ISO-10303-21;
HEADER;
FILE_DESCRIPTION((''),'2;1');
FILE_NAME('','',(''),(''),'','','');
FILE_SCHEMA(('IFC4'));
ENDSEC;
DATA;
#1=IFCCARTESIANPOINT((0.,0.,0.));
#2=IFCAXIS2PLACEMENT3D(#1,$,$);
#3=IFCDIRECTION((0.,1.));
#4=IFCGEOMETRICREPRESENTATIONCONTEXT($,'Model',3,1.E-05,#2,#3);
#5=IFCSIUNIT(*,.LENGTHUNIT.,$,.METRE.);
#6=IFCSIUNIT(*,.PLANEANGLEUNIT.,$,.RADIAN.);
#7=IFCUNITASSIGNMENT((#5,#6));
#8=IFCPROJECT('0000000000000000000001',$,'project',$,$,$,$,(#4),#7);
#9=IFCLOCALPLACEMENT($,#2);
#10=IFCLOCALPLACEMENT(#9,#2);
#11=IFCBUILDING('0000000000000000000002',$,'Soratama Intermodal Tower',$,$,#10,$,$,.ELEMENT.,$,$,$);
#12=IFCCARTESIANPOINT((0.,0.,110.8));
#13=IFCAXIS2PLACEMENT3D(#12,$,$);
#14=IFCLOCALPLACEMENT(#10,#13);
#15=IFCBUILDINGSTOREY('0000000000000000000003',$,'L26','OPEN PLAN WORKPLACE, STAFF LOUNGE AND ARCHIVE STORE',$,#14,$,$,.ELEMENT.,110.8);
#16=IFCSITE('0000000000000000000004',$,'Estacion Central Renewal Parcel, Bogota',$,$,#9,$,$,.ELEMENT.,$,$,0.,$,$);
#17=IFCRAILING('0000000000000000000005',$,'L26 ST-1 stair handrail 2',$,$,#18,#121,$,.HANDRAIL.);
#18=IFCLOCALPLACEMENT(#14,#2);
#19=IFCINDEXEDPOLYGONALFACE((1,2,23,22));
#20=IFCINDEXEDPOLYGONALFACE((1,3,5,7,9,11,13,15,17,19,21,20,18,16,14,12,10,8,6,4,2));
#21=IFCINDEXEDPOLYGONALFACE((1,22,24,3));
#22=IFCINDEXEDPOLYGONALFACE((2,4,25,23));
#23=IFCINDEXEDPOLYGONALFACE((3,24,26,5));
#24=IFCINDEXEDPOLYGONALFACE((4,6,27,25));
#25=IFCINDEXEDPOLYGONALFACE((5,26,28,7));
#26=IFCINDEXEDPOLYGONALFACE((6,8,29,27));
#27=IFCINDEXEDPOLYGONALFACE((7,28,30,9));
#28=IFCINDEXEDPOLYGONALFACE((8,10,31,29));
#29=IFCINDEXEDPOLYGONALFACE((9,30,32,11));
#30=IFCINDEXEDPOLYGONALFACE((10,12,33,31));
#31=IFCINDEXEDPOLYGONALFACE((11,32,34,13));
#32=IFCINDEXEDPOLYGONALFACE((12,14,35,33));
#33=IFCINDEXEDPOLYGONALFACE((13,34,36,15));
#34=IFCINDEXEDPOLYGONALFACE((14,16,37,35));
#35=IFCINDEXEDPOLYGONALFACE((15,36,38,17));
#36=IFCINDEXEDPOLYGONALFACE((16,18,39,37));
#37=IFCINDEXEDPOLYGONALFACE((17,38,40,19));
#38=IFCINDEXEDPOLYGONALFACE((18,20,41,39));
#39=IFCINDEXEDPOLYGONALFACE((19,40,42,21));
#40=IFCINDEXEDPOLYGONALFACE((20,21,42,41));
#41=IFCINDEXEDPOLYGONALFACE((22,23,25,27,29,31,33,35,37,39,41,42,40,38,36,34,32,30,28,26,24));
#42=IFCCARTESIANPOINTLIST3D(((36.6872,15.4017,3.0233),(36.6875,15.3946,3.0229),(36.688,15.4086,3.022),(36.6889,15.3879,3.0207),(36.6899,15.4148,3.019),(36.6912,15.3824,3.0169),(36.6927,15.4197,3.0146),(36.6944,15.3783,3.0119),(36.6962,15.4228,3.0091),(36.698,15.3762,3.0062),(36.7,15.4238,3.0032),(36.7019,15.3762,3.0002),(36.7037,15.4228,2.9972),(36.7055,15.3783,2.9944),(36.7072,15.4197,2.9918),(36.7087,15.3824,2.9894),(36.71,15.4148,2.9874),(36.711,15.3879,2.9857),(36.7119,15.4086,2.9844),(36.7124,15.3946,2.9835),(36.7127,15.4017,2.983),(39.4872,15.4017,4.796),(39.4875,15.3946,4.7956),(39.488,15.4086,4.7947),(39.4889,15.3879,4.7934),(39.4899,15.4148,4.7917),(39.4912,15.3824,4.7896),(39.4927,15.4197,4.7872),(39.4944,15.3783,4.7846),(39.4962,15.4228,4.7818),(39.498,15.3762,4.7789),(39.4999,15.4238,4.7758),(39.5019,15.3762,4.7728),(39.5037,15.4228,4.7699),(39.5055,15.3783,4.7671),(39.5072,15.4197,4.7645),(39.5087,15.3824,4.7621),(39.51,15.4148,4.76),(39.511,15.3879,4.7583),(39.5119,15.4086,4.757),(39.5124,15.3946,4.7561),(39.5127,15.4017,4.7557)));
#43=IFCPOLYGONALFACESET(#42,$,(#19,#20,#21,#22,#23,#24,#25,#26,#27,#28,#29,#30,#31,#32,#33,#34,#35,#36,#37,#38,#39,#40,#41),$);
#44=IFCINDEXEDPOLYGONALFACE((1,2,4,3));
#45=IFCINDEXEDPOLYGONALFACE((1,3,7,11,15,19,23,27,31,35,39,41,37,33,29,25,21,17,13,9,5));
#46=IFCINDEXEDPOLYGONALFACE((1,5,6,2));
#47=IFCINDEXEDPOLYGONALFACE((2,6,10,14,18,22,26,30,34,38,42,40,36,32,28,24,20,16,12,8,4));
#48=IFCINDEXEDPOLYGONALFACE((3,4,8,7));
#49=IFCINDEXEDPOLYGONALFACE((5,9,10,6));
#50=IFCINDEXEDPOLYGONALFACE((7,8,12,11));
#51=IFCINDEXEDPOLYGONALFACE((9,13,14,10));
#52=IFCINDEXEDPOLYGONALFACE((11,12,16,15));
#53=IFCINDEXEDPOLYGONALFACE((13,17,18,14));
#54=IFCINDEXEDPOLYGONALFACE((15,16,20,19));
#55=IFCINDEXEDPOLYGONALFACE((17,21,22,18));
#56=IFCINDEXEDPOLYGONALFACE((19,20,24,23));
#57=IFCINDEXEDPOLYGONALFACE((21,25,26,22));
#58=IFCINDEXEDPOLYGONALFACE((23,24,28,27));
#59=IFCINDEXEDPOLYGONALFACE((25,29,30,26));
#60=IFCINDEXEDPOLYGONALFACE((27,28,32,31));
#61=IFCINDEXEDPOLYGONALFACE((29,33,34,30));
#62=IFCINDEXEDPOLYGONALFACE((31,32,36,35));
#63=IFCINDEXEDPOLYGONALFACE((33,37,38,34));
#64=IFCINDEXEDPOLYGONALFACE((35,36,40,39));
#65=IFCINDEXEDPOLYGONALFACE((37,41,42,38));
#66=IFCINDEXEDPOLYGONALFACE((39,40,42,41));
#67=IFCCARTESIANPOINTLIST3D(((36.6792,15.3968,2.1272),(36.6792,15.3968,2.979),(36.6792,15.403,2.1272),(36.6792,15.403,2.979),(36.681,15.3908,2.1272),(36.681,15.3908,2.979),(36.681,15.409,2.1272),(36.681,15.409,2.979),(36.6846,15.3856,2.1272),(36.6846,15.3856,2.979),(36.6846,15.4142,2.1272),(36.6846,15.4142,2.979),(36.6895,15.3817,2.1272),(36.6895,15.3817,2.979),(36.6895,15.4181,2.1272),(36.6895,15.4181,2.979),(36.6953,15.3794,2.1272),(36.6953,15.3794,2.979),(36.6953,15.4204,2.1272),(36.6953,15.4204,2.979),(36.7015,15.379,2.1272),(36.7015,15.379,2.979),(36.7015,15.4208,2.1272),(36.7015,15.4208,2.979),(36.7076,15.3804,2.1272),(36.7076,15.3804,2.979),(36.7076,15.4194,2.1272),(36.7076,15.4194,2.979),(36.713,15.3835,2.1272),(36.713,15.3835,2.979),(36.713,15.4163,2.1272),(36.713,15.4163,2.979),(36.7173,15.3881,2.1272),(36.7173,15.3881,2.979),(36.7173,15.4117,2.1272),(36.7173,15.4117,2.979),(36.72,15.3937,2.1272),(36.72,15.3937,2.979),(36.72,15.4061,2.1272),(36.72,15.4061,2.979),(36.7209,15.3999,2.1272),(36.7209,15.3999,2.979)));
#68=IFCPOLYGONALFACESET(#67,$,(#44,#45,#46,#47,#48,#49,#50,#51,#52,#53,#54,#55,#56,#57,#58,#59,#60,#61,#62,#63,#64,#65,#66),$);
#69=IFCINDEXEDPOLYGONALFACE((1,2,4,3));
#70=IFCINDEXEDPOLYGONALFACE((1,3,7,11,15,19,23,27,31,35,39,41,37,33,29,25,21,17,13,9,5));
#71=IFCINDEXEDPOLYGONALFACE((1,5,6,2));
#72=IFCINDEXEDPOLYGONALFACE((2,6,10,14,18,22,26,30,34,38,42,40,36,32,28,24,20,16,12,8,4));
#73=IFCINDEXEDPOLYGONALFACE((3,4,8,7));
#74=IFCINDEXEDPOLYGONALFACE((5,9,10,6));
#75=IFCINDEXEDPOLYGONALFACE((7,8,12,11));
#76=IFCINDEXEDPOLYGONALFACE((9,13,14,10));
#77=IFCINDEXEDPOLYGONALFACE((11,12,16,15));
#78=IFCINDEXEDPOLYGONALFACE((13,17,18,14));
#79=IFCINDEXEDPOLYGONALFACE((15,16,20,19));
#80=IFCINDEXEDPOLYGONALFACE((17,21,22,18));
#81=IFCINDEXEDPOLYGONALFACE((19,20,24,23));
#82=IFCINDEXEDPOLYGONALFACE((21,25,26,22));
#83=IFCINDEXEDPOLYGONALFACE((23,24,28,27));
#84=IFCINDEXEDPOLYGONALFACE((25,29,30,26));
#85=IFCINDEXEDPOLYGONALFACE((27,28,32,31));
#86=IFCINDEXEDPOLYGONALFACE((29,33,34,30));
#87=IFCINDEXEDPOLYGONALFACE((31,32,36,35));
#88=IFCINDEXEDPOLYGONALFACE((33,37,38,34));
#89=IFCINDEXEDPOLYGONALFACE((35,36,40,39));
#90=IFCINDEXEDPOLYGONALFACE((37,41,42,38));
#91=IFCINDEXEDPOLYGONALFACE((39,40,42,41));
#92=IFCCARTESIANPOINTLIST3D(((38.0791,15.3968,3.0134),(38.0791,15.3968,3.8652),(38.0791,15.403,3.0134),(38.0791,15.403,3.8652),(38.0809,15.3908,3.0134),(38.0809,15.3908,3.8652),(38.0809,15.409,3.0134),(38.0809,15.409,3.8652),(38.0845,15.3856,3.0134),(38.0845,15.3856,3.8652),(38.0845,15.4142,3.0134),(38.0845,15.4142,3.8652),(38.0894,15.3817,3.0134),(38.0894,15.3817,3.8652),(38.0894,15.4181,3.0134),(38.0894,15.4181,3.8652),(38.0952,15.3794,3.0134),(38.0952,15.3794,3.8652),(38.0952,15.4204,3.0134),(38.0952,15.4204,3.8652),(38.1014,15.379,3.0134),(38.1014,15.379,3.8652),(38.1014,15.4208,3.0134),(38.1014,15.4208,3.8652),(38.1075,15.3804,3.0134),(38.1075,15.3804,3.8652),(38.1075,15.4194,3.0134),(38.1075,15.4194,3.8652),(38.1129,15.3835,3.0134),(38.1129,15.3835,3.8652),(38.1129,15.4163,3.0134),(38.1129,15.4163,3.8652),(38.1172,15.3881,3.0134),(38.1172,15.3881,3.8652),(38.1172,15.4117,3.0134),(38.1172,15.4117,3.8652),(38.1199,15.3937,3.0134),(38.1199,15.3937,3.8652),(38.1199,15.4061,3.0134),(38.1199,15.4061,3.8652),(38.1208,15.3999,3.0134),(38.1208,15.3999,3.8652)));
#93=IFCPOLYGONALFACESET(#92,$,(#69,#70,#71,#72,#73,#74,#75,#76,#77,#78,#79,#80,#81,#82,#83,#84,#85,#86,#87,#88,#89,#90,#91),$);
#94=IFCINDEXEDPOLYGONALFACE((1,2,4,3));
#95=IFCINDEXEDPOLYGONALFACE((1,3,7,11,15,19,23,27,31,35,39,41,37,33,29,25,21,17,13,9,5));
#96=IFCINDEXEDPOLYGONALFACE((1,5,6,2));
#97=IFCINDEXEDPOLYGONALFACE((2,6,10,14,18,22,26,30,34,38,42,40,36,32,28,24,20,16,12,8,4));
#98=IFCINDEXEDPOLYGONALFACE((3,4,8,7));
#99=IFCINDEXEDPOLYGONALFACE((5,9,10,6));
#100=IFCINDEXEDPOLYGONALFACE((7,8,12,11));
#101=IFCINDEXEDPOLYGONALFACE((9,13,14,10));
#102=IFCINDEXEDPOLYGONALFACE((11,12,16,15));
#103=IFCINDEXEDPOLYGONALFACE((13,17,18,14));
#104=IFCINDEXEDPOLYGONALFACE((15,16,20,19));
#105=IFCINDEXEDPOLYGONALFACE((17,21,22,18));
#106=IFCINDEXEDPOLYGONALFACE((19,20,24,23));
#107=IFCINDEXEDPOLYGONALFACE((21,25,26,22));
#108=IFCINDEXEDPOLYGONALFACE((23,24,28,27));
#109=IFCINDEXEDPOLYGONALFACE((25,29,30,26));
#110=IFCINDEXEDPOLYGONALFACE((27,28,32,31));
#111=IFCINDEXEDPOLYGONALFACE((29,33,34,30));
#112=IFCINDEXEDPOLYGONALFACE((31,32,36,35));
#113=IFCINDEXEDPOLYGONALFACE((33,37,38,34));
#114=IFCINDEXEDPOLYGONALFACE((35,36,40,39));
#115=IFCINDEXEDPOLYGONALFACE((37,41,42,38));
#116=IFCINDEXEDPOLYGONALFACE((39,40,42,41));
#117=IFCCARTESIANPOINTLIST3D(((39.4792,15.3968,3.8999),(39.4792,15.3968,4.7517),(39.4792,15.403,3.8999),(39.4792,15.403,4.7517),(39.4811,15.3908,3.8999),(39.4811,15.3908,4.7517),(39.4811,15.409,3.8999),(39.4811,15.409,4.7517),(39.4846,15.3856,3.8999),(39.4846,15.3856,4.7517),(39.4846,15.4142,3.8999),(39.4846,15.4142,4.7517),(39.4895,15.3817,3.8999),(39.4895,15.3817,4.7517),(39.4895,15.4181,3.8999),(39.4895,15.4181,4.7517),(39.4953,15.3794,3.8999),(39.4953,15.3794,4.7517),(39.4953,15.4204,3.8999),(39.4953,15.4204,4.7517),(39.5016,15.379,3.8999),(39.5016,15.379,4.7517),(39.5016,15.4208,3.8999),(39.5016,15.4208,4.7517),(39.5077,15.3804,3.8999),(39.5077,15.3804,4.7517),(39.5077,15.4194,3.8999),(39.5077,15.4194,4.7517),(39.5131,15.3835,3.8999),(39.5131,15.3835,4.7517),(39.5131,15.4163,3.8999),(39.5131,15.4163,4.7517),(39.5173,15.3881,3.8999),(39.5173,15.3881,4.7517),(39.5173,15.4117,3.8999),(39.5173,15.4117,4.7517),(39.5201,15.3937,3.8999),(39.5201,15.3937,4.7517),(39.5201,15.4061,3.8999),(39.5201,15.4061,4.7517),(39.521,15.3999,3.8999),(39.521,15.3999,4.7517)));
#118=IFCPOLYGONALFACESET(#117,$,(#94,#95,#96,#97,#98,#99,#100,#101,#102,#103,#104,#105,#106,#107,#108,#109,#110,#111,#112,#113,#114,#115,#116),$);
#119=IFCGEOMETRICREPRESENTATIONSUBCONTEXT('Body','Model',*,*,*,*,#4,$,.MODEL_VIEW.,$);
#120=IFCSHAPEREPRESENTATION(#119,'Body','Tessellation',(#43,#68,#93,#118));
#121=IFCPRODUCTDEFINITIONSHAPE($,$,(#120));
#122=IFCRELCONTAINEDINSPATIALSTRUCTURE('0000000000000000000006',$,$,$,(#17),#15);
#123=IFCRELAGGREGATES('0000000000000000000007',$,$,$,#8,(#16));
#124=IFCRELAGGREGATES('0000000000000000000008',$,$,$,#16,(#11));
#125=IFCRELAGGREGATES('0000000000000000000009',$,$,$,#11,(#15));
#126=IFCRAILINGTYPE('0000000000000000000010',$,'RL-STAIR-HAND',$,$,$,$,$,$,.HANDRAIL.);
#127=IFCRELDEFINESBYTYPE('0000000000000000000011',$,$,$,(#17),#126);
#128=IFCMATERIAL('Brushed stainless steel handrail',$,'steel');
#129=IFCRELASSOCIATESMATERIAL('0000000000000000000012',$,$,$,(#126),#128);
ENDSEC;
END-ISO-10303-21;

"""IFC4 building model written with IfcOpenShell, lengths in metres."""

from ifc_helpers import new_model, si_unit, direction, frame, origin, origin_2d, place, context, subcontext, project, spatial, circle, extrude, material, type_object, element, save


model = new_model("IFC4")

# Units and contexts
model_context = context("Model", 3, precision=1e-05, world=origin(), true_north=direction((0.0, 1.0)))
body_context = subcontext(model_context, "Body", "Model", "MODEL_VIEW")
ifc_project = project(units=[si_unit("LENGTHUNIT", "METRE"), si_unit("PLANEANGLEUNIT", "RADIAN")], contexts=[model_context])

# Site, building, storey
site_placement = place(None, origin())
site = spatial("IfcSite", under=ifc_project, at=site_placement, Name="Estacion Central Renewal Parcel, Bogota", CompositionType="ELEMENT", RefElevation=0.0)
building_placement = place(site_placement, origin())
building = spatial("IfcBuilding", under=site, at=building_placement, Name="Soratama Intermodal Tower", CompositionType="ELEMENT")
storey_placement = place(building_placement, frame((0.0, 0.0, 110.8)))
storey = spatial("IfcBuildingStorey", under=building, at=storey_placement, Name="L26", Description="OPEN PLAN WORKPLACE, STAFF LOUNGE AND ARCHIVE STORE", CompositionType="ELEMENT", Elevation=110.8)

# Railing
ifc_material_1 = material(Name="Brushed stainless steel handrail", Category="steel")
railing_type = type_object("IfcRailingType", Name="RL-STAIR-HAND", PredefinedType="HANDRAIL", material=ifc_material_1)
railing_placement = place(storey_placement, frame((36.7, 15.3999, 2.1272)))
element("IfcRailing", 1, at=railing_placement, inside=storey, type_object=railing_type, Name="L26 ST-1 stair handrail 2", PredefinedType="HANDRAIL", context=body_context, shape_type="SweptSolid", body=[
    extrude(circle(Radius=0.0239, at=origin_2d()), frame((0.0, 0.0, 0.876), z_axis=(0.844909, 0.0, 0.53491), x_axis=(0.0, 1.0, 0.0)), (0.0, 0.0, 1.0), 3.314),
    extrude(circle(Radius=0.021, at=origin_2d()), origin(), (0.0, 0.0, 1.0), 0.8518),
    extrude(circle(Radius=0.021, at=origin_2d()), frame((1.3999, 0.0, 0.8862)), (0.0, 0.0, 1.0), 0.8518),
    extrude(circle(Radius=0.021, at=origin_2d()), frame((2.8, 0.0, 1.7727)), (0.0, 0.0, 1.0), 0.8518),
])

save(model, "model.ifc")
